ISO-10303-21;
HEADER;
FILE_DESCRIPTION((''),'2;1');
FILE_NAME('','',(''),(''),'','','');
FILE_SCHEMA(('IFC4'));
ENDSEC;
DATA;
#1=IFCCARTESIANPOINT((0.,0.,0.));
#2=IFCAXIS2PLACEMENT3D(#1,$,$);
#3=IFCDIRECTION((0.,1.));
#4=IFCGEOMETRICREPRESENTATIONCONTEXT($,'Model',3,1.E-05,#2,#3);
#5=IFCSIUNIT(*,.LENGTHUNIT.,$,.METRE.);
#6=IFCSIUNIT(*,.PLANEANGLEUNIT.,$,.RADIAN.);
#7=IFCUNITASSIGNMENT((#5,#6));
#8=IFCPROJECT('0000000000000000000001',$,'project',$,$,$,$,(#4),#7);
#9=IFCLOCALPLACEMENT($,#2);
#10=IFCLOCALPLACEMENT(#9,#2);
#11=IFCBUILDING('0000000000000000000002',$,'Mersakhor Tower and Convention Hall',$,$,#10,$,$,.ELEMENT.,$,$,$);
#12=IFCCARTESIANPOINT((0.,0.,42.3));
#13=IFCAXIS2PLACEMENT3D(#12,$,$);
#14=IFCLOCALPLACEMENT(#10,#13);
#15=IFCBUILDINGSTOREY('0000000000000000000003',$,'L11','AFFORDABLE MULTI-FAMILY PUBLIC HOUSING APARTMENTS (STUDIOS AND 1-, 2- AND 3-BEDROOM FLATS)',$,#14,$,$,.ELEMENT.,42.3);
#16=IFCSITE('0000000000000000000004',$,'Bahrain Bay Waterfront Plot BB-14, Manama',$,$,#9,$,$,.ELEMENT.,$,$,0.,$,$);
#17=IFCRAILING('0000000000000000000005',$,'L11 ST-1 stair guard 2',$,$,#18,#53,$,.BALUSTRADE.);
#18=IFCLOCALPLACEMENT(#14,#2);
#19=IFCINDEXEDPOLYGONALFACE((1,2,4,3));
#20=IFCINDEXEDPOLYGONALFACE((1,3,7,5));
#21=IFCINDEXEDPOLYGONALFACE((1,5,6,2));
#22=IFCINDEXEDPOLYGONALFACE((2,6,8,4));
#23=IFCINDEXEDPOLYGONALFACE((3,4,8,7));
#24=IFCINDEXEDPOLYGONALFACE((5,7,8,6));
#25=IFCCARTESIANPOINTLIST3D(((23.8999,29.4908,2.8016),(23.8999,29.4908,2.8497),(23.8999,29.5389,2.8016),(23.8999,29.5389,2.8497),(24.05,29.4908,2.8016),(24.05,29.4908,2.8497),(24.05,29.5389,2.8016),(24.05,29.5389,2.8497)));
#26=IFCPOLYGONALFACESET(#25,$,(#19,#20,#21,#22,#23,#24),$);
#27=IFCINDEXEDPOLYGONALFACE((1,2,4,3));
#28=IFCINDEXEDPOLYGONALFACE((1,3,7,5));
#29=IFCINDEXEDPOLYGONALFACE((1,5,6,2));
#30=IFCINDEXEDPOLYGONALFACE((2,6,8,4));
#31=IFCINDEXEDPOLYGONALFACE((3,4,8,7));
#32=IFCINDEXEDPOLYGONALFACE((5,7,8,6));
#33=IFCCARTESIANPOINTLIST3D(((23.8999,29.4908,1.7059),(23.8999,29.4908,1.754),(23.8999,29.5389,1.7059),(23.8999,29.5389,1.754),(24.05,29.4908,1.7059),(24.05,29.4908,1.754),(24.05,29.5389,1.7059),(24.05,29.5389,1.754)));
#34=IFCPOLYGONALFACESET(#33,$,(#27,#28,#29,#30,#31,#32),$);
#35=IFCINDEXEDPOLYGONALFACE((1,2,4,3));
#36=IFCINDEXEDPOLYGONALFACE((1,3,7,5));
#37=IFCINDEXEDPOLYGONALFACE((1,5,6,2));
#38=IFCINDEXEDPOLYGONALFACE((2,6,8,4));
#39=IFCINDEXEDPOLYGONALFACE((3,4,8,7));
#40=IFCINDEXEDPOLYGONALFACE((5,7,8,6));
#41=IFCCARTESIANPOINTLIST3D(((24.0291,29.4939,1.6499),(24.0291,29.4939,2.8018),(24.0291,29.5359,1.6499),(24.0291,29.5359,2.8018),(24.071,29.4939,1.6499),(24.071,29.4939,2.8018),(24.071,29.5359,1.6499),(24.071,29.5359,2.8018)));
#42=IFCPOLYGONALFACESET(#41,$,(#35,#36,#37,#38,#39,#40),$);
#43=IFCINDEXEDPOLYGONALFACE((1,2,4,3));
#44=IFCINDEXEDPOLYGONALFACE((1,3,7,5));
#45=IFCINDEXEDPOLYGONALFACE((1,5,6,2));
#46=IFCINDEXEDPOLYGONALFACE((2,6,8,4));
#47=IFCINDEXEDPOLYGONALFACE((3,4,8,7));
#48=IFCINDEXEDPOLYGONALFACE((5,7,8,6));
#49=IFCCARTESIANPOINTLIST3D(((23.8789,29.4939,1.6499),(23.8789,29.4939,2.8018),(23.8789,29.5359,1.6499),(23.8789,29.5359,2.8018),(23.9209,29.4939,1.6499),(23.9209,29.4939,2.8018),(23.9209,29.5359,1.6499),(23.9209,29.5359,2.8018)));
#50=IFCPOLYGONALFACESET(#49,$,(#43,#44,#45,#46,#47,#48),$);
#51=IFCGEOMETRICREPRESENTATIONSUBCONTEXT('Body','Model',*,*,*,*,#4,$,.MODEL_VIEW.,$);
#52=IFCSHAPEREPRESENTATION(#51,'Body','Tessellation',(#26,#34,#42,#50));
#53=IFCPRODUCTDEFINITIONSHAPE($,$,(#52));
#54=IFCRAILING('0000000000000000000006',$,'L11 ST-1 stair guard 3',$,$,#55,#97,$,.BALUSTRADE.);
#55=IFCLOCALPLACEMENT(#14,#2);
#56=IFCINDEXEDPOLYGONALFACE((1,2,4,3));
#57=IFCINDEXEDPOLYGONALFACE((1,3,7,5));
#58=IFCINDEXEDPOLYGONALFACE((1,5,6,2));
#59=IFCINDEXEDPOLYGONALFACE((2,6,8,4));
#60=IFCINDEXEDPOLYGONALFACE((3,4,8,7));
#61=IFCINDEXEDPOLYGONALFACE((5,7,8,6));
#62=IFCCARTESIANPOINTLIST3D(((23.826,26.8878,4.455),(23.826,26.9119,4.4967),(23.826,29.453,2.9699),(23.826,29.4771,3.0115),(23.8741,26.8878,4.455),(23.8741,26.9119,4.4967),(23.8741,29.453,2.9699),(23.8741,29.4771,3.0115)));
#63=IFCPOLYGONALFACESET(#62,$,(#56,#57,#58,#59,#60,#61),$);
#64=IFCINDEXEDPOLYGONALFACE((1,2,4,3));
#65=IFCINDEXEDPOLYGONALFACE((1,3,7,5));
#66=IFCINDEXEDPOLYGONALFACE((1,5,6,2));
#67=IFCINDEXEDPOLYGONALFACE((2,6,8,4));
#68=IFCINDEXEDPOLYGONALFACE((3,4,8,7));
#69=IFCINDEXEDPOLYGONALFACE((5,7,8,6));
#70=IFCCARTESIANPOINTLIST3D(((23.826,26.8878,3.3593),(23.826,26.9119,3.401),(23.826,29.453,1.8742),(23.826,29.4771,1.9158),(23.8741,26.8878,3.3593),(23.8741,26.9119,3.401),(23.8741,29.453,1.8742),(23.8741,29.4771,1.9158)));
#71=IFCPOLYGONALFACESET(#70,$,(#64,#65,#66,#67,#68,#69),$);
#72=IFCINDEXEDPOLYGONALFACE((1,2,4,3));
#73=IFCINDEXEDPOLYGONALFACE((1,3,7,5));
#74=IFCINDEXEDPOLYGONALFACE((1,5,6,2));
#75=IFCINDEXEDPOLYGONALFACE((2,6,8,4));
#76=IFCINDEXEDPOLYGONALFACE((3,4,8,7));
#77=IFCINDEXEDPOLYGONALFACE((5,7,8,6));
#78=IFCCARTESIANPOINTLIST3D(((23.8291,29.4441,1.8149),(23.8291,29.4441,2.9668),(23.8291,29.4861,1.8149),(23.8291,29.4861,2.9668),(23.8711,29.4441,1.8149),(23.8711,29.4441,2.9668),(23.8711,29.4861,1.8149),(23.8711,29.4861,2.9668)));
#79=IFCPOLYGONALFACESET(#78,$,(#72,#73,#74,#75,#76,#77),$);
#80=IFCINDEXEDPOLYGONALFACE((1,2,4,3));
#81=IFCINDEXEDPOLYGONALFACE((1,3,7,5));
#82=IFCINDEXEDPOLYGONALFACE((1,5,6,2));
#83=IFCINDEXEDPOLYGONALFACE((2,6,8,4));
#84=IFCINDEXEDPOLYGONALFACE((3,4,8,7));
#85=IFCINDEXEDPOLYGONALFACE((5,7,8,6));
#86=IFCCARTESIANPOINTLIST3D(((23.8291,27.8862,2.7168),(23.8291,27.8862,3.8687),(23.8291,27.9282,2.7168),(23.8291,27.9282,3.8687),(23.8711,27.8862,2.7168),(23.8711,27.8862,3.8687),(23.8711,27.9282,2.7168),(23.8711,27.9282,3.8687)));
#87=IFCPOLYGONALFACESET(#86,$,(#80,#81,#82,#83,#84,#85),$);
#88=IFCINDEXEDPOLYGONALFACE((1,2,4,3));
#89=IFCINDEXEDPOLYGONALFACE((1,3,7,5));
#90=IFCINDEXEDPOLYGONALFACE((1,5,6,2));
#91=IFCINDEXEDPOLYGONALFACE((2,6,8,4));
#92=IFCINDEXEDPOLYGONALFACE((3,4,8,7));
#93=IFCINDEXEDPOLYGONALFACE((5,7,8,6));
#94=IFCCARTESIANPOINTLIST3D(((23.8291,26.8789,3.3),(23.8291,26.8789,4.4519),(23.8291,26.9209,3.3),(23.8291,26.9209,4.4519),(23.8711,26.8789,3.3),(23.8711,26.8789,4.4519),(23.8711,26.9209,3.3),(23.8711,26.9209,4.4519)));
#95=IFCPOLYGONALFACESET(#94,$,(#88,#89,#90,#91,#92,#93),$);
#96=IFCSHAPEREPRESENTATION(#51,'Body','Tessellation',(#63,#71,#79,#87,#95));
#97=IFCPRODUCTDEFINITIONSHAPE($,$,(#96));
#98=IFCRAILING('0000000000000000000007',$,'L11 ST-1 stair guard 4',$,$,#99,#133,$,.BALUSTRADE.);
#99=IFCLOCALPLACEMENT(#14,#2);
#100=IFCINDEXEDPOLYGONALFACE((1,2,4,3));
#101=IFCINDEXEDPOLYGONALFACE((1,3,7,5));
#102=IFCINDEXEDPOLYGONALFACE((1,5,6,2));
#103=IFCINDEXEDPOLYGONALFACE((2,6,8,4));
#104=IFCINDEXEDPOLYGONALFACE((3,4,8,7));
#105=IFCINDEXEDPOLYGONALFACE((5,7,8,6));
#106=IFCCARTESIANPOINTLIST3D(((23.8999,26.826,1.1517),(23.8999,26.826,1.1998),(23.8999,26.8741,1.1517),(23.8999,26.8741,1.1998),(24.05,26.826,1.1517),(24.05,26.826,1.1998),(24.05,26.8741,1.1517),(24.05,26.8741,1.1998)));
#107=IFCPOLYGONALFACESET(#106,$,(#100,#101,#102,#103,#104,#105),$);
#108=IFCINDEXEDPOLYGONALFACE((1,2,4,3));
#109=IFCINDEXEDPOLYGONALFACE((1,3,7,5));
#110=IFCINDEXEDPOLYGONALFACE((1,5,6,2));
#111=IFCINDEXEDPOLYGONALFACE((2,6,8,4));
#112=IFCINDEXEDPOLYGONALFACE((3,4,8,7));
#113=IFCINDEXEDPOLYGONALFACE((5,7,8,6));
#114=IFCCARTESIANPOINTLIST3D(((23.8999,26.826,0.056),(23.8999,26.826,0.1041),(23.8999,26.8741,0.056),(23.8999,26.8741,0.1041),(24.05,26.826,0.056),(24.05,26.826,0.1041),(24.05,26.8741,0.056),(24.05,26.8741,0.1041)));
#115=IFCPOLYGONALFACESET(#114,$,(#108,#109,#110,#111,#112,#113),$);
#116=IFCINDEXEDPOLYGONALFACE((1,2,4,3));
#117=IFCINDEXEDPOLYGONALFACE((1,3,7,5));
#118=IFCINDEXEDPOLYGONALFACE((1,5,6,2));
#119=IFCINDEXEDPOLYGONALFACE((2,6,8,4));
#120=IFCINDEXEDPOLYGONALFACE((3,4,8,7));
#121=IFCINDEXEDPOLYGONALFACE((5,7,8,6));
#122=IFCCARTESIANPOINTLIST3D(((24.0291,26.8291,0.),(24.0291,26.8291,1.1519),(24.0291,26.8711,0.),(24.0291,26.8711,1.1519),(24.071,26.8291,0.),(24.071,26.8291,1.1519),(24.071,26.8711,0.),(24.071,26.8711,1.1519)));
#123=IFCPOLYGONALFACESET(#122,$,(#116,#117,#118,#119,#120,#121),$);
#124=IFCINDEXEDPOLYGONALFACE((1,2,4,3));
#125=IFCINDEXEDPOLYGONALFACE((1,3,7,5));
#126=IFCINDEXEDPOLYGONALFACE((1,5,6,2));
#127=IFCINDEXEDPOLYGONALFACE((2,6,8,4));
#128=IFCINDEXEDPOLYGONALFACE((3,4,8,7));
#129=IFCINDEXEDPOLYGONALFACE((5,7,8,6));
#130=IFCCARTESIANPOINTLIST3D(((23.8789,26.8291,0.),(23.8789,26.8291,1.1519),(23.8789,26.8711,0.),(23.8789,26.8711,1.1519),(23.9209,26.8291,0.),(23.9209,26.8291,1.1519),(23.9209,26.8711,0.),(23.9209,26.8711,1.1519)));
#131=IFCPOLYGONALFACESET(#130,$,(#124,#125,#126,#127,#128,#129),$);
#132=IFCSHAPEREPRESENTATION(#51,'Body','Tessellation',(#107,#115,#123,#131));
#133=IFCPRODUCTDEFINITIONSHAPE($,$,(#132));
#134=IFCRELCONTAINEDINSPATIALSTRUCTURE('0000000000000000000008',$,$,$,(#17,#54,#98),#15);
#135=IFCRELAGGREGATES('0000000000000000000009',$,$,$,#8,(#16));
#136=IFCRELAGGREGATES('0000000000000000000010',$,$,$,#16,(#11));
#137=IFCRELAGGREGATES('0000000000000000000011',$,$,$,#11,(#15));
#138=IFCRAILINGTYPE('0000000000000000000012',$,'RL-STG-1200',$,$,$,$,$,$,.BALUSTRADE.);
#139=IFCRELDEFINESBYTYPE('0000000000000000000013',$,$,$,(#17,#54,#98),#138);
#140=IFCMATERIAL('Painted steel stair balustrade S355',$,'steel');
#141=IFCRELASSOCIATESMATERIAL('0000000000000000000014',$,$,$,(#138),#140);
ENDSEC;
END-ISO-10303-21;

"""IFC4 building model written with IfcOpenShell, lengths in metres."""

from ifc_helpers import new_model, si_unit, direction, frame, origin, origin_2d, place, context, subcontext, project, spatial, rectangle, extrude, material, type_object, element, save


model = new_model("IFC4")

# Units and contexts
model_context = context("Model", 3, precision=1e-05, world=origin(), true_north=direction((0.0, 1.0)))
body_context = subcontext(model_context, "Body", "Model", "MODEL_VIEW")
ifc_project = project(units=[si_unit("LENGTHUNIT", "METRE"), si_unit("PLANEANGLEUNIT", "RADIAN")], contexts=[model_context])

# Site, building, storey
site_placement = place(None, origin())
site = spatial("IfcSite", under=ifc_project, at=site_placement, Name="Bahrain Bay Waterfront Plot BB-14, Manama", CompositionType="ELEMENT", RefElevation=0.0)
building_placement = place(site_placement, origin())
building = spatial("IfcBuilding", under=site, at=building_placement, Name="Mersakhor Tower and Convention Hall", CompositionType="ELEMENT")
storey_placement = place(building_placement, frame((0.0, 0.0, 42.3)))
storey = spatial("IfcBuildingStorey", under=building, at=storey_placement, Name="L11", Description="AFFORDABLE MULTI-FAMILY PUBLIC HOUSING APARTMENTS (STUDIOS AND 1-, 2- AND 3-BEDROOM FLATS)", CompositionType="ELEMENT", Elevation=42.3)

# Railings
ifc_material_1 = material(Name="Painted steel stair balustrade S355", Category="steel")
railing_type_1 = type_object("IfcRailingType", Name="RL-STG-1200", PredefinedType="BALUSTRADE", material=ifc_material_1)
railing_1_placement = place(storey_placement, frame((24.05, 29.5149, 1.6499)))
element("IfcRailing", 1, at=railing_1_placement, inside=storey, type_object=railing_type_1, Name="L11 ST-1 stair guard 2", PredefinedType="BALUSTRADE", context=body_context, shape_type="SweptSolid", body=[
    extrude(rectangle(XDim=0.0481, YDim=0.0481, at=origin_2d()), frame((0.0, 0.0, 1.1758), z_axis=(-1.0, 0.0, 0.0), x_axis=(0.0, -1.0, 0.0)), (0.0, 0.0, 1.0), 0.1501),
    extrude(rectangle(XDim=0.0481, YDim=0.0481, at=origin_2d()), frame((0.0, 0.0, 0.0801), z_axis=(-1.0, 0.0, 0.0), x_axis=(0.0, -1.0, 0.0)), (0.0, 0.0, 1.0), 0.1501),
    extrude(rectangle(XDim=0.042, YDim=0.042, at=origin_2d()), origin(), (0.0, 0.0, 1.0), 1.1519),
    extrude(rectangle(XDim=0.042, YDim=0.042, at=origin_2d()), frame((-0.1501, 0.0, 0.0)), (0.0, 0.0, 1.0), 1.1519),
])
railing_2_placement = place(storey_placement, frame((23.8501, 29.4651, 1.8149)))
element("IfcRailing", 2, at=railing_2_placement, inside=storey, type_object=railing_type_1, Name="L11 ST-1 stair guard 3", PredefinedType="BALUSTRADE", context=body_context, shape_type="SweptSolid", body=[
    extrude(rectangle(XDim=0.0481, YDim=0.0481, at=origin_2d()), frame((0.0, 0.0, 1.1758), z_axis=(0.0, -0.865426, 0.501036), x_axis=(1.0, 0.0, 0.0)), (0.0, 0.0, 1.0), 2.9641),
    extrude(rectangle(XDim=0.0481, YDim=0.0481, at=origin_2d()), frame((0.0, 0.0, 0.0801), z_axis=(0.0, -0.865426, 0.501036), x_axis=(1.0, 0.0, 0.0)), (0.0, 0.0, 1.0), 2.9641),
    extrude(rectangle(XDim=0.042, YDim=0.042, at=origin_2d()), origin(), (0.0, 0.0, 1.0), 1.1519),
    extrude(rectangle(XDim=0.042, YDim=0.042, at=origin_2d()), frame((0.0, -1.5579, 0.9019)), (0.0, 0.0, 1.0), 1.1519),
    extrude(rectangle(XDim=0.042, YDim=0.042, at=origin_2d()), frame((0.0, -2.5652, 1.4851)), (0.0, 0.0, 1.0), 1.1519),
])
railing_3_placement = place(storey_placement, frame((24.05, 26.8501, 0.0)))
element("IfcRailing", 3, at=railing_3_placement, inside=storey, type_object=railing_type_1, Name="L11 ST-1 stair guard 4", PredefinedType="BALUSTRADE", context=body_context, shape_type="SweptSolid", body=[
    extrude(rectangle(XDim=0.0481, YDim=0.0481, at=origin_2d()), frame((0.0, 0.0, 1.1758), z_axis=(-1.0, 0.0, 0.0), x_axis=(0.0, -1.0, 0.0)), (0.0, 0.0, 1.0), 0.1501),
    extrude(rectangle(XDim=0.0481, YDim=0.0481, at=origin_2d()), frame((0.0, 0.0, 0.0801), z_axis=(-1.0, 0.0, 0.0), x_axis=(0.0, -1.0, 0.0)), (0.0, 0.0, 1.0), 0.1501),
    extrude(rectangle(XDim=0.042, YDim=0.042, at=origin_2d()), origin(), (0.0, 0.0, 1.0), 1.1519),
    extrude(rectangle(XDim=0.042, YDim=0.042, at=origin_2d()), frame((-0.1501, 0.0, 0.0)), (0.0, 0.0, 1.0), 1.1519),
])

save(model, "model.ifc")
